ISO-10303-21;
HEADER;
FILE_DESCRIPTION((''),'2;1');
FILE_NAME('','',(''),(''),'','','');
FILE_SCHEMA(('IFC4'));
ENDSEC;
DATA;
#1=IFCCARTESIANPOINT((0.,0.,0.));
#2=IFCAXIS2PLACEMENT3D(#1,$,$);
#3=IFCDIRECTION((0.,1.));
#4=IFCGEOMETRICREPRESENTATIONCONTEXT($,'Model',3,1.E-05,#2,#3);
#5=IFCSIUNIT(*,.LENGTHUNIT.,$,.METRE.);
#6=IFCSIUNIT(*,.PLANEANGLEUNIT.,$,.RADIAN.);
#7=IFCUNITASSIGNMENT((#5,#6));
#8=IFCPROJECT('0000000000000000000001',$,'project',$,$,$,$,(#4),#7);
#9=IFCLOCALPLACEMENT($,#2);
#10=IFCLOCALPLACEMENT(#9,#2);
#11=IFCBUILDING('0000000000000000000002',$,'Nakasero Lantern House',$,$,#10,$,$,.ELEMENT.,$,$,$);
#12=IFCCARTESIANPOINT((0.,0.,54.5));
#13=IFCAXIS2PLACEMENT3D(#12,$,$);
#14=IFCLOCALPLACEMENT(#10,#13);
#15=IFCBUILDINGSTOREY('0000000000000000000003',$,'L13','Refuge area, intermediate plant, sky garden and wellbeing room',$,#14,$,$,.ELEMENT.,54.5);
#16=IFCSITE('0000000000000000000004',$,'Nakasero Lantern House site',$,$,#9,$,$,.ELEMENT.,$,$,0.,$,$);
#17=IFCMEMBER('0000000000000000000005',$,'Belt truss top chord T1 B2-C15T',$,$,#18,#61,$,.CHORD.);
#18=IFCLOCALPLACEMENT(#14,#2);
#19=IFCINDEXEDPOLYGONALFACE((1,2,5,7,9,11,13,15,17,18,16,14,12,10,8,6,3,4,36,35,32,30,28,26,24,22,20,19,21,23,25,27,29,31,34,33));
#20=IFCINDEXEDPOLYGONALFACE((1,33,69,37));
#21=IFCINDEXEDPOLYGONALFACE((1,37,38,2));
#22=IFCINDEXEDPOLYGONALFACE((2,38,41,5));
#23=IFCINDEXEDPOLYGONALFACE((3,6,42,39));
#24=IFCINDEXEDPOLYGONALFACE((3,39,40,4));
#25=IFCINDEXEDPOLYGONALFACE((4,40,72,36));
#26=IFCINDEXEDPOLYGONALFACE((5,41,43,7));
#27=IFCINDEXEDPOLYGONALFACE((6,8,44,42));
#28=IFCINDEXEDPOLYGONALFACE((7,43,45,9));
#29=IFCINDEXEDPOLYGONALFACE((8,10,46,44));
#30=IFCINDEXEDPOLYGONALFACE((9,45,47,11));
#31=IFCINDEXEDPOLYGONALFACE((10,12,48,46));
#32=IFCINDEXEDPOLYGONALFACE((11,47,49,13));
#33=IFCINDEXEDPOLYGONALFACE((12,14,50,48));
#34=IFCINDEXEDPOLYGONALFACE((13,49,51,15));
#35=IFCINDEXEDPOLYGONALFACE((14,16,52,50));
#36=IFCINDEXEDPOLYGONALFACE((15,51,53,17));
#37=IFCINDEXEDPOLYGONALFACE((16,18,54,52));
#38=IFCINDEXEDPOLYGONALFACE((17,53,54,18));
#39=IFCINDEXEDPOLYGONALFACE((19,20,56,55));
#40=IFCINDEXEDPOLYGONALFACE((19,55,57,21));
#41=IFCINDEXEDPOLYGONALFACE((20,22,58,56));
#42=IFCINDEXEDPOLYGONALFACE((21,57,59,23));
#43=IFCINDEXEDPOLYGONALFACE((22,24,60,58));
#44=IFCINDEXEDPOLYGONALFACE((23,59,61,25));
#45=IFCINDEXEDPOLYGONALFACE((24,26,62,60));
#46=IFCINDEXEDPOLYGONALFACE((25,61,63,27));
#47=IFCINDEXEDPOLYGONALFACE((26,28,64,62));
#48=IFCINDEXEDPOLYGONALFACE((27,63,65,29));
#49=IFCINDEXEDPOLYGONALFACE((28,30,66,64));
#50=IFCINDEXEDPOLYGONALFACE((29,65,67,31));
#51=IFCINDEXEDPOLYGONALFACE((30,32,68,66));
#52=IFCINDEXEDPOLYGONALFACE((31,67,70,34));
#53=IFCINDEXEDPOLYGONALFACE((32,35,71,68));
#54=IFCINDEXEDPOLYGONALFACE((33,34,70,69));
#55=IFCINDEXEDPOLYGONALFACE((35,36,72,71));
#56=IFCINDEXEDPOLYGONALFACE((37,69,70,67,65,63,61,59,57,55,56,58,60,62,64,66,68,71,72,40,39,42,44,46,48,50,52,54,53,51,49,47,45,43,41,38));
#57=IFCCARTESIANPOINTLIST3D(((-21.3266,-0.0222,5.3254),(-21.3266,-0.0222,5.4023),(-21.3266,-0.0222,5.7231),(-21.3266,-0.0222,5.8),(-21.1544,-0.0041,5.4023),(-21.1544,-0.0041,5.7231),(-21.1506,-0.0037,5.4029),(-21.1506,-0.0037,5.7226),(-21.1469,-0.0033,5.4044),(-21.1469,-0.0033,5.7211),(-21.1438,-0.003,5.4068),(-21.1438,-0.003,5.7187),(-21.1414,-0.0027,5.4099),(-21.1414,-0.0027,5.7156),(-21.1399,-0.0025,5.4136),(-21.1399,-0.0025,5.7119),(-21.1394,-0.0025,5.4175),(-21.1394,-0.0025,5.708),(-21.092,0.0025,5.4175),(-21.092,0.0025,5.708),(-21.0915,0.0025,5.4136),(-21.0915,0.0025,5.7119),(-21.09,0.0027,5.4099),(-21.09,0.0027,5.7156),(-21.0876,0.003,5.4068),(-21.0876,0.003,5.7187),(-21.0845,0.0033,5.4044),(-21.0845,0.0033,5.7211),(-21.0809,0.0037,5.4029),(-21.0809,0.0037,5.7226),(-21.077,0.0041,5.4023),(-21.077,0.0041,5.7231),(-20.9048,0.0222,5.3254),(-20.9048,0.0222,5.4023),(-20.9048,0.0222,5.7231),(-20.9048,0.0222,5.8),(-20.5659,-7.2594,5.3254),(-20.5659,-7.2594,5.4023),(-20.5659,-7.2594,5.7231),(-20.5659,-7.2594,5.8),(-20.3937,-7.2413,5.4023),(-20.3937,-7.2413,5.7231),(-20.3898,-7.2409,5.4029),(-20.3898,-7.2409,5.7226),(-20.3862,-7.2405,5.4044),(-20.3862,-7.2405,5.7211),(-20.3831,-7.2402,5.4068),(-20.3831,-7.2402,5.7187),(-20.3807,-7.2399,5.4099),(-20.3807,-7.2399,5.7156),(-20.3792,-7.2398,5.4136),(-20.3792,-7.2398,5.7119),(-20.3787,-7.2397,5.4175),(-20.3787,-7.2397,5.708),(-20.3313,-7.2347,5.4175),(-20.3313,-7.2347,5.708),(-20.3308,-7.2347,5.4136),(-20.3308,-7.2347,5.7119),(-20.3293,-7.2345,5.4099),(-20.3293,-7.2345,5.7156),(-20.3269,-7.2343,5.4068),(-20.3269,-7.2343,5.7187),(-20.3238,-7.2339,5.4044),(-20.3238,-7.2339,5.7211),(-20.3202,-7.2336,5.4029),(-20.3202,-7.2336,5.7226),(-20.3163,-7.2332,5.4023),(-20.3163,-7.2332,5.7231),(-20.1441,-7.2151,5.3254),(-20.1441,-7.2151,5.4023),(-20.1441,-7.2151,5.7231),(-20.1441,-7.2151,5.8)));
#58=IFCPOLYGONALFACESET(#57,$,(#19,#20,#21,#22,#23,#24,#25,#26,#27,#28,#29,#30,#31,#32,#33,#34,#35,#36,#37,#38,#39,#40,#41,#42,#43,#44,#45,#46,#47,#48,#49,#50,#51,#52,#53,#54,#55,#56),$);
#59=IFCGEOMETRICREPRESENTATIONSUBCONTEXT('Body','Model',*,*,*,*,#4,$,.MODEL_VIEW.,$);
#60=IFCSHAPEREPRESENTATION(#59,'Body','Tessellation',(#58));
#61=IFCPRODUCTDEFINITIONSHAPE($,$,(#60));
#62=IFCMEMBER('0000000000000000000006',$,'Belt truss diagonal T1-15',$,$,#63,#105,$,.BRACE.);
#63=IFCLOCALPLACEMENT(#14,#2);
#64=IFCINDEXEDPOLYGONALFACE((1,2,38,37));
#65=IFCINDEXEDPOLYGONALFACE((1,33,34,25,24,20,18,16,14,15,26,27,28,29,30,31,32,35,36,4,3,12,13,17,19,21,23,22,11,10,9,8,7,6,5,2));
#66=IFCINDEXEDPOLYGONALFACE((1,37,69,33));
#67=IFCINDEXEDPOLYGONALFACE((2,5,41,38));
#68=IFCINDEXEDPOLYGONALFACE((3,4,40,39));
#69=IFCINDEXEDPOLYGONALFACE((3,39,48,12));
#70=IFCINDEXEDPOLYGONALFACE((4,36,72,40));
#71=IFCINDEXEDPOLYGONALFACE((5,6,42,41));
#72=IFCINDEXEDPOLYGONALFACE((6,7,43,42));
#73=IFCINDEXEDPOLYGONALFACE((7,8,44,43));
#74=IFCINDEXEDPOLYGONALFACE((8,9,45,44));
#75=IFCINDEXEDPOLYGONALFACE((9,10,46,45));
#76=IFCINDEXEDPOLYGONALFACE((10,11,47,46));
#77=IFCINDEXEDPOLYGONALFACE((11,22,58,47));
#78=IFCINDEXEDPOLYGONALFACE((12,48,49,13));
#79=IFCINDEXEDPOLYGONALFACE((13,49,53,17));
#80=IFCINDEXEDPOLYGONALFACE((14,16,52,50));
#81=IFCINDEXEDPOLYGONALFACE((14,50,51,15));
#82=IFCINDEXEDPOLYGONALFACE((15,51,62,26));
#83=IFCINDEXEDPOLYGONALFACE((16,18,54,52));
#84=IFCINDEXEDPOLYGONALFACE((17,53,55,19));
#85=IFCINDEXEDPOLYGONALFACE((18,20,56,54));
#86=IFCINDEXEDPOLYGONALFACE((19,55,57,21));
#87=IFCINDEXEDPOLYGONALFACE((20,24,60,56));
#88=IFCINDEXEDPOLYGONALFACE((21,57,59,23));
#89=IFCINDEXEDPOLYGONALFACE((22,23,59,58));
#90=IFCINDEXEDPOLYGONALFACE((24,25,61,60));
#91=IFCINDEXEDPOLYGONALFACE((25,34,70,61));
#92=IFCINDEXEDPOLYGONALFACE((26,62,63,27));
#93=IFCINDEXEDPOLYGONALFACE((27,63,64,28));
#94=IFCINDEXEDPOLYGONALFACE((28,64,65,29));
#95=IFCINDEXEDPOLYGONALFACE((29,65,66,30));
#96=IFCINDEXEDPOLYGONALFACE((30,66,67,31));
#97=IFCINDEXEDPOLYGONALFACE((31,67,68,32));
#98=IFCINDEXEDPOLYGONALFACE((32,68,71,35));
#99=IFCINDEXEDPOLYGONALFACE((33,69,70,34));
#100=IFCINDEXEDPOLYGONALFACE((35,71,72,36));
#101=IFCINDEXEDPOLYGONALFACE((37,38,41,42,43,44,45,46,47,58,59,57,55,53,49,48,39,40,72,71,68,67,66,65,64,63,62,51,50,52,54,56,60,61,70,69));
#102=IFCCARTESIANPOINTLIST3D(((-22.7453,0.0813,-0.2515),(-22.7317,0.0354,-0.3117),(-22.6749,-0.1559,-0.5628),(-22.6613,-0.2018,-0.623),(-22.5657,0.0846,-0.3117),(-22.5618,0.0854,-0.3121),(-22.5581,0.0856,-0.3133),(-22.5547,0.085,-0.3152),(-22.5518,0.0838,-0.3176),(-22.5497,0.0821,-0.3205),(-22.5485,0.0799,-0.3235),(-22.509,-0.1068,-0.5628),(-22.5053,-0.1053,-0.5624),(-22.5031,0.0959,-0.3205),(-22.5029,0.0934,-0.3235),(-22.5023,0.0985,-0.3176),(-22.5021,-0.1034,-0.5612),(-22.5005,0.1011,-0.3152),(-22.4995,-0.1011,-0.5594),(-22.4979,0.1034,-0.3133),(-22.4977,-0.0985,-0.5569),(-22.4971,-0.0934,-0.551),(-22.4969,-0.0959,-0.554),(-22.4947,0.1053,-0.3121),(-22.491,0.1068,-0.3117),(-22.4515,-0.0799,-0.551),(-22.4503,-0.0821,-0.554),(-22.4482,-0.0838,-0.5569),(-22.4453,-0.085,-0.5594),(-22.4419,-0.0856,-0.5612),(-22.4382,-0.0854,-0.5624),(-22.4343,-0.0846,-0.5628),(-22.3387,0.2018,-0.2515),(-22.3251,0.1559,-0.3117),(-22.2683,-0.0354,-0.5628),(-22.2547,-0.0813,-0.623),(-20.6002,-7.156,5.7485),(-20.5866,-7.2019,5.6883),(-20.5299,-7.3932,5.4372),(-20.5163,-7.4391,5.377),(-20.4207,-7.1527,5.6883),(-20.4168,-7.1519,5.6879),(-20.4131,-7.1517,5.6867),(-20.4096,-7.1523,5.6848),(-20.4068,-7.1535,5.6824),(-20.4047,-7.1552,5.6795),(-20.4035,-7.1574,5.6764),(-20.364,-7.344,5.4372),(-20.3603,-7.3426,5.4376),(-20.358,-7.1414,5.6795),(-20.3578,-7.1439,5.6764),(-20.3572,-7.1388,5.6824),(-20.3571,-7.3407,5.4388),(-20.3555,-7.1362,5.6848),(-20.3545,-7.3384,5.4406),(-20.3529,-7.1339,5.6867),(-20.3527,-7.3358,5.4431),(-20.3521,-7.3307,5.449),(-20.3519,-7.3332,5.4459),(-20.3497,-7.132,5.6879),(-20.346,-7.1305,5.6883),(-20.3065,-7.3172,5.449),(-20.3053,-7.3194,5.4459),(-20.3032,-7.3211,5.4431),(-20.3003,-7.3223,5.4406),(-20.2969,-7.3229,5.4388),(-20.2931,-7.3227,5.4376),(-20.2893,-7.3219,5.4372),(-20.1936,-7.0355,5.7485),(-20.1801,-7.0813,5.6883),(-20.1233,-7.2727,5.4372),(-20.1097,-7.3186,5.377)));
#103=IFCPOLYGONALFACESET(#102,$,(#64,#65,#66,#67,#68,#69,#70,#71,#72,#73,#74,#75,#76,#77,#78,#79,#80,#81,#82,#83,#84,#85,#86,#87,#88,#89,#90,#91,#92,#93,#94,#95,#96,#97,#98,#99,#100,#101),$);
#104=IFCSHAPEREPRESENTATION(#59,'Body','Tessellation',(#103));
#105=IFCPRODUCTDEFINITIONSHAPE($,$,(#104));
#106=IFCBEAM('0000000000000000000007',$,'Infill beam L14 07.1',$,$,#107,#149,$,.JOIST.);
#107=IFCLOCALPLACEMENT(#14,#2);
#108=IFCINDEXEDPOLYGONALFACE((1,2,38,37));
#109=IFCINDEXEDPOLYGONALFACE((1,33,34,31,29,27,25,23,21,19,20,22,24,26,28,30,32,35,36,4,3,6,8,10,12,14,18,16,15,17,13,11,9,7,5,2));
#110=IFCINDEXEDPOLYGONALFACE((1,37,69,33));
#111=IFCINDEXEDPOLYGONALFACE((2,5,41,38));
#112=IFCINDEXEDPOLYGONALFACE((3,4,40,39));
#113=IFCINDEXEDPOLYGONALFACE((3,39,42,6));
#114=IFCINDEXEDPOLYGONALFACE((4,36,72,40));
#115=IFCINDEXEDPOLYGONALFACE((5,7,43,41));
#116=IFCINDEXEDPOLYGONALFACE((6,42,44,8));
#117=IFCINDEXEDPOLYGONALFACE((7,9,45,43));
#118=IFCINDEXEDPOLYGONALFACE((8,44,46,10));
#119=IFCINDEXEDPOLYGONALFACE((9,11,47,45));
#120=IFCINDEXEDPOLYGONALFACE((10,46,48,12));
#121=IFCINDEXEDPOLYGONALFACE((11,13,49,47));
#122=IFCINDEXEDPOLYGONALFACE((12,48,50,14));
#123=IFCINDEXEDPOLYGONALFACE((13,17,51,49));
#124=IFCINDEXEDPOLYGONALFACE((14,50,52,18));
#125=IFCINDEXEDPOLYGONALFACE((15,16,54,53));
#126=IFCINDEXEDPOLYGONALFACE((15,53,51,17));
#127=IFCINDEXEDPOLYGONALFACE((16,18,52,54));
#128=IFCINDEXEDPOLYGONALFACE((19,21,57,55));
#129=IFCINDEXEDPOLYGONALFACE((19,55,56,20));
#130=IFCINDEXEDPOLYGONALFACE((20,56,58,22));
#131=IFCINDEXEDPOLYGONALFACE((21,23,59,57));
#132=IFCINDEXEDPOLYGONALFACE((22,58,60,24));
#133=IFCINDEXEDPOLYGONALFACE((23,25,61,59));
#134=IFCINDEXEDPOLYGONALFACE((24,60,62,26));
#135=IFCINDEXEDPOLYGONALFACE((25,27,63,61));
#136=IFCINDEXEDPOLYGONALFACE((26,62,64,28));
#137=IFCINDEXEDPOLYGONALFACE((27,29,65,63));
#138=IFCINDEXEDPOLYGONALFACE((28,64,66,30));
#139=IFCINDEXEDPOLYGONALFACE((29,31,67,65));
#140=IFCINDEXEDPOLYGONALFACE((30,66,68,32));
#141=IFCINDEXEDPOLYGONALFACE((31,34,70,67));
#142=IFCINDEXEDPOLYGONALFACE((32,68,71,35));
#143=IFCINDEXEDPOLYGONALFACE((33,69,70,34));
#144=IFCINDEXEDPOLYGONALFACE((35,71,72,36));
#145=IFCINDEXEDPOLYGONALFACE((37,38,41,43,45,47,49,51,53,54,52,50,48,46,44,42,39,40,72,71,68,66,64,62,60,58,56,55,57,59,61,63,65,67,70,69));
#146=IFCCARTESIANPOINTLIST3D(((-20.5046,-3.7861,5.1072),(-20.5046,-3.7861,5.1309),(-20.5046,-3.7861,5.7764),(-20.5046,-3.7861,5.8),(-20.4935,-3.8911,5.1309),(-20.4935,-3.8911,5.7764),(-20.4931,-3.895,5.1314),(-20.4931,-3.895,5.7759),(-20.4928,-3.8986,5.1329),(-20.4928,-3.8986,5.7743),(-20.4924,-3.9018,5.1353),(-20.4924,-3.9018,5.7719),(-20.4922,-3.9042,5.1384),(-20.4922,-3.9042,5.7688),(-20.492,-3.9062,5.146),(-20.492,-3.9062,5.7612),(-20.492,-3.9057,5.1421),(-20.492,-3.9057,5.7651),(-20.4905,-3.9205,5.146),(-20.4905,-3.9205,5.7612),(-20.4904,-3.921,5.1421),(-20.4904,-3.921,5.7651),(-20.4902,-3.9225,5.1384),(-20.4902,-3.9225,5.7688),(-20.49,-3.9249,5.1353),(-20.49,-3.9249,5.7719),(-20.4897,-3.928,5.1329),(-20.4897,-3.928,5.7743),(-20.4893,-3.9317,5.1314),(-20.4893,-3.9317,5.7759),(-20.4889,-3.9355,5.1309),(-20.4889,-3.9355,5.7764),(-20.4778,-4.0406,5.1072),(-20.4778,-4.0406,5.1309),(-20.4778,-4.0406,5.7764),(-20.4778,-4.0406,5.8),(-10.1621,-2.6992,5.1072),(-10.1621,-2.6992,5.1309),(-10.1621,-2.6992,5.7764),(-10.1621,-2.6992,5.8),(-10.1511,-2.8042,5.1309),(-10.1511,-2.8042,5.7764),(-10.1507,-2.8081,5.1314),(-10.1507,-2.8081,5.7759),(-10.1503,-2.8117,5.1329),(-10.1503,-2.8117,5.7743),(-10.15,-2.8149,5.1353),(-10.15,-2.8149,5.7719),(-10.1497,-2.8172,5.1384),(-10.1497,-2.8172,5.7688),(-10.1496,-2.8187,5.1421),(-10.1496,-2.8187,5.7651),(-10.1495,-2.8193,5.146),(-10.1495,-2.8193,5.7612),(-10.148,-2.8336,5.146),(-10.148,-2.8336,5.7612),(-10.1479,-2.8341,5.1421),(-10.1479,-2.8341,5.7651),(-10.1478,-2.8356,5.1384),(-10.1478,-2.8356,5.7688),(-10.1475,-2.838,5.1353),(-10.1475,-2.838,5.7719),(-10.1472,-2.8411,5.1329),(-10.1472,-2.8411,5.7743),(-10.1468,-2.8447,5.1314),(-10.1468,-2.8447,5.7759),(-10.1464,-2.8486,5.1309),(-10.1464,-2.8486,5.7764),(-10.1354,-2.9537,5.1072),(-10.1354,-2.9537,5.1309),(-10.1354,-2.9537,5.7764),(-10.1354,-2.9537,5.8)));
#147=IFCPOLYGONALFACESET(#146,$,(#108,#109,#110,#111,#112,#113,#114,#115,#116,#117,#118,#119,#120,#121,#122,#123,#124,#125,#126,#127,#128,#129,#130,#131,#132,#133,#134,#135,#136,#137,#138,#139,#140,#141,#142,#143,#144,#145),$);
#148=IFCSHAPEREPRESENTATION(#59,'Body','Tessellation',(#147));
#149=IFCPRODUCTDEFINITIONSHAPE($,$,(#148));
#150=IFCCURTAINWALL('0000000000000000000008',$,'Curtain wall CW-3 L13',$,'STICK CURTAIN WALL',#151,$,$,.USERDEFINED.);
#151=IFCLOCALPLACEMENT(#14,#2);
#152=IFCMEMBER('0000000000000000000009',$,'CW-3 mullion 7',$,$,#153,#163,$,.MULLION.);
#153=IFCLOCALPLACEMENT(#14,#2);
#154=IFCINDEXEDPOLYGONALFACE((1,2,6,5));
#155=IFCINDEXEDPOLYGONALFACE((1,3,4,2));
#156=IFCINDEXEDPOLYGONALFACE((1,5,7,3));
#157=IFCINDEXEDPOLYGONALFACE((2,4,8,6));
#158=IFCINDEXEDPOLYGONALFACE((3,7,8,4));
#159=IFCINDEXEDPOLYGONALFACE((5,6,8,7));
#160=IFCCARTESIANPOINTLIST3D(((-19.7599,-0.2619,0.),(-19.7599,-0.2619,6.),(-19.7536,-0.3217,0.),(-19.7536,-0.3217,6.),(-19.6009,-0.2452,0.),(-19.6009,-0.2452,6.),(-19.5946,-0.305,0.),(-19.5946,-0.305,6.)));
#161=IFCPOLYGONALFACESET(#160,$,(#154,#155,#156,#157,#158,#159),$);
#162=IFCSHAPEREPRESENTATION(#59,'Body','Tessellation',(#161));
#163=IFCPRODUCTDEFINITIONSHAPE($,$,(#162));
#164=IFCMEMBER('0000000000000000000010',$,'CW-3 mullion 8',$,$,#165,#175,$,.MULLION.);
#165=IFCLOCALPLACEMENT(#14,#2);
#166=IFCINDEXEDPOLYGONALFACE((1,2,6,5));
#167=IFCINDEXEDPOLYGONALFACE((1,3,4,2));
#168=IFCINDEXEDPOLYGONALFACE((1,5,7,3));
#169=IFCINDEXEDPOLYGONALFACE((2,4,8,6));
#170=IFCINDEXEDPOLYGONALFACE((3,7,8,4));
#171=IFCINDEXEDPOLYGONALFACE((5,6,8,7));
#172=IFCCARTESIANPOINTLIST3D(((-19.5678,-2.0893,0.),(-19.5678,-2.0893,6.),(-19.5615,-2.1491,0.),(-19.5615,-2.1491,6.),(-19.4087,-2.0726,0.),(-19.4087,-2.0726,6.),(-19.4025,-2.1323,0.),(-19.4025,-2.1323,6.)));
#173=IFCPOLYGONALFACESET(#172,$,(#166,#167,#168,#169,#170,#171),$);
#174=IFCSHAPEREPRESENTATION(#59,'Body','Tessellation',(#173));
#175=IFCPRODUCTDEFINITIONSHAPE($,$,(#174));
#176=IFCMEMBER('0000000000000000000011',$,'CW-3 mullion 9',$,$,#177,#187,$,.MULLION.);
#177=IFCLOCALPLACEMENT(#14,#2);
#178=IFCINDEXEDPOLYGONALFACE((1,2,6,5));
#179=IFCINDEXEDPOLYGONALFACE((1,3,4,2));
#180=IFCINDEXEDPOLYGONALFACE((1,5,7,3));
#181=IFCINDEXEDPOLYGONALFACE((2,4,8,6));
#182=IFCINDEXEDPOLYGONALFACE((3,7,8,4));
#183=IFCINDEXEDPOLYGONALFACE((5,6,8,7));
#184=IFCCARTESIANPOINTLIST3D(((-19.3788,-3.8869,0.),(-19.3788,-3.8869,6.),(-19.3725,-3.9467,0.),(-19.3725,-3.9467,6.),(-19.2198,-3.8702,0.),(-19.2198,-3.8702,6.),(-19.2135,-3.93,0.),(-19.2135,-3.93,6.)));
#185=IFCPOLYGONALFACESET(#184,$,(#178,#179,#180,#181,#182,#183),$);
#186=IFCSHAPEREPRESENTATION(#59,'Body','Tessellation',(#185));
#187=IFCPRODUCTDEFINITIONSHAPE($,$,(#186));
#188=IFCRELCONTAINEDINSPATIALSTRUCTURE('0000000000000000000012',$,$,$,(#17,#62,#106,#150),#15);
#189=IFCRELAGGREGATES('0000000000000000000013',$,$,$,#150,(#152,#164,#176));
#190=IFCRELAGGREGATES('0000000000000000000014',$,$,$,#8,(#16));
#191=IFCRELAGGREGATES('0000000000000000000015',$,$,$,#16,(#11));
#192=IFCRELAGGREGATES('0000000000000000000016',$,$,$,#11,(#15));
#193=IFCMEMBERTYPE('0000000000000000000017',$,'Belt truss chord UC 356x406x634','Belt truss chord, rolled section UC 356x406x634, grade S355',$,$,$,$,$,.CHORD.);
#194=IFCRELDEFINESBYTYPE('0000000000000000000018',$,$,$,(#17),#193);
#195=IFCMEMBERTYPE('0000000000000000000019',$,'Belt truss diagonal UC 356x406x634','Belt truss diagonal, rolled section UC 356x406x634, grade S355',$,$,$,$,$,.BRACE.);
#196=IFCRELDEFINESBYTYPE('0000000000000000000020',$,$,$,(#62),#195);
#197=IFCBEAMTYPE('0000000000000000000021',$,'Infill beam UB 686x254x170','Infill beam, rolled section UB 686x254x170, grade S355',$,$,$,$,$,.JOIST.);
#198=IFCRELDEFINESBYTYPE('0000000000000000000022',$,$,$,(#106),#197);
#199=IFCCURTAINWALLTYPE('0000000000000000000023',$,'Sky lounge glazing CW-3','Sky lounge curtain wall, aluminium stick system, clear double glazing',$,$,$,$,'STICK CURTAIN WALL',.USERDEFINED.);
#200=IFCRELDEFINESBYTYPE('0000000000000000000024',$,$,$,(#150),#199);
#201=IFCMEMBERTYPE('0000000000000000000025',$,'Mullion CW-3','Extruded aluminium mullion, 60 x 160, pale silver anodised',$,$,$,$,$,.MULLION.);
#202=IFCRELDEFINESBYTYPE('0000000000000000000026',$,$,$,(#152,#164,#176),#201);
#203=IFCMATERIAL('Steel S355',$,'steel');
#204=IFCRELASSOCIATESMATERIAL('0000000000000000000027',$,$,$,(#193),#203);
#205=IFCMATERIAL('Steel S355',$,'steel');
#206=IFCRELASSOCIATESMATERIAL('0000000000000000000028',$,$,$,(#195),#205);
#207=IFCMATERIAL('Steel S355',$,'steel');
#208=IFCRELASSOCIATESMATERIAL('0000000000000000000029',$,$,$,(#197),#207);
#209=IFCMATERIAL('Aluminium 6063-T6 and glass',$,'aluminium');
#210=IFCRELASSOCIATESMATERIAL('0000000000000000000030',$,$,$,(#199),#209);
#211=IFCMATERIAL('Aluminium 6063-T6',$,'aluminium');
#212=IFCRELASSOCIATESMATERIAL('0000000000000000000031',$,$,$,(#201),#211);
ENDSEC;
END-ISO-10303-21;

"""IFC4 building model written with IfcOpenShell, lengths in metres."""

from ifc_helpers import new_model, si_unit, direction, frame, origin, origin_2d, place, context, subcontext, project, spatial, rectangle, i_section, extrude, material, material_profile, profile_set, type_object, element, aggregate, save


model = new_model("IFC4")

# Units and contexts
model_context = context("Model", 3, precision=1e-05, world=origin(), true_north=direction((0.0, 1.0)))
body_context = subcontext(model_context, "Body", "Model", "MODEL_VIEW")
ifc_project = project(units=[si_unit("LENGTHUNIT", "METRE"), si_unit("PLANEANGLEUNIT", "RADIAN")], contexts=[model_context])

# Site, building, storey
site_placement = place(None, origin())
site = spatial("IfcSite", under=ifc_project, at=site_placement, Name="Nakasero Lantern House site", CompositionType="ELEMENT", RefElevation=0.0)
building_placement = place(site_placement, origin())
building = spatial("IfcBuilding", under=site, at=building_placement, Name="Nakasero Lantern House", CompositionType="ELEMENT")
storey_placement = place(building_placement, frame((0.0, 0.0, 54.5)))
storey = spatial("IfcBuildingStorey", under=building, at=storey_placement, Name="L13", Description="Refuge area, intermediate plant, sky garden and wellbeing room", CompositionType="ELEMENT", Elevation=54.5)

# Members
ifc_material_1 = material(Name="Steel S355", Category="steel")
ifc_material_profile_1 = material_profile(ifc_material_1, i_section(OverallWidth=0.4241, OverallDepth=0.4746, WebThickness=0.0476, FlangeThickness=0.0769, FilletRadius=0.0151, at=origin_2d()), Name="UC 356x406x634")
ifc_profile_set_1 = profile_set([ifc_material_profile_1], Name="Steel S355")
member_type_1 = type_object("IfcMemberType", Name="Belt truss chord UC 356x406x634", Description="Belt truss chord, rolled section UC 356x406x634, grade S355", PredefinedType="CHORD", material=ifc_profile_set_1)
member_1_placement = place(storey_placement, frame((-21.1157, 0.0, 5.5627), z_axis=(0.104538, -0.994521, 0.0), x_axis=(0.994521, 0.104538, 0.0)))
element("IfcMember", 1, at=member_1_placement, inside=storey, type_object=member_type_1, Name="Belt truss top chord T1 B2-C15T", PredefinedType="CHORD", context=body_context, shape_type="SweptSolid", body=[
    extrude(i_section(OverallWidth=0.4241, OverallDepth=0.4746, WebThickness=0.0476, FlangeThickness=0.0769, FilletRadius=0.0151, at=origin_2d()), origin(), (0.0, 0.0, 1.0), 7.2771),
])
ifc_material_2 = material(Name="Steel S355", Category="steel")
ifc_material_profile_2 = material_profile(ifc_material_2, i_section(OverallWidth=0.4241, OverallDepth=0.4746, WebThickness=0.0476, FlangeThickness=0.0769, FilletRadius=0.0151, at=origin_2d()), Name="UC 356x406x634")
ifc_profile_set_2 = profile_set([ifc_material_profile_2], Name="Steel S355")
member_type_2 = type_object("IfcMemberType", Name="Belt truss diagonal UC 356x406x634", Description="Belt truss diagonal, rolled section UC 356x406x634, grade S355", PredefinedType="BRACE", material=ifc_profile_set_2)
member_2_placement = place(storey_placement, frame((-22.5, 0.0, -0.4373), z_axis=(0.222452, -0.750556, 0.622239), x_axis=(0.958775, 0.284165, 0.0)))
element("IfcMember", 2, at=member_2_placement, inside=storey, type_object=member_type_2, Name="Belt truss diagonal T1-15", PredefinedType="BRACE", context=body_context, shape_type="SweptSolid", body=[
    extrude(i_section(OverallWidth=0.4241, OverallDepth=0.4746, WebThickness=0.0476, FlangeThickness=0.0769, FilletRadius=0.0151, at=origin_2d()), origin(), (0.0, 0.0, 1.0), 9.6426),
])

# Beam
ifc_material_3 = material(Name="Steel S355", Category="steel")
ifc_material_profile_3 = material_profile(ifc_material_3, i_section(OverallWidth=0.2559, OverallDepth=0.6929, WebThickness=0.0144, FlangeThickness=0.0237, FilletRadius=0.0151, at=origin_2d()), Name="UB 686x254x170")
ifc_profile_set_3 = profile_set([ifc_material_profile_3], Name="Steel S355")
beam_type_1 = type_object("IfcBeamType", Name="Infill beam UB 686x254x170", Description="Infill beam, rolled section UB 686x254x170, grade S355", PredefinedType="JOIST", material=ifc_profile_set_3)
beam_1_placement = place(storey_placement, frame((-20.4912, -3.9133, 5.4536), z_axis=(0.994523, 0.104516, 0.0), x_axis=(-0.104516, 0.994523, 0.0)))
element("IfcBeam", 3, at=beam_1_placement, inside=storey, type_object=beam_type_1, Name="Infill beam L14 07.1", PredefinedType="JOIST", context=body_context, shape_type="SweptSolid", body=[
    extrude(i_section(OverallWidth=0.2559, OverallDepth=0.6929, WebThickness=0.0144, FlangeThickness=0.0237, FilletRadius=0.0151, at=origin_2d()), origin(), (0.0, 0.0, 1.0), 10.3994),
])

# Curtain wall, members
ifc_material_4 = material(Name="Aluminium 6063-T6 and glass", Category="aluminium")
curtain_wall_type = type_object("IfcCurtainWallType", Name="Sky lounge glazing CW-3", Description="Sky lounge curtain wall, aluminium stick system, clear double glazing", ElementType="STICK CURTAIN WALL", PredefinedType="USERDEFINED", material=ifc_material_4)
curtain_wall_1_placement = place(storey_placement, origin())
curtain_wall_1 = element("IfcCurtainWall", 4, at=curtain_wall_1_placement, inside=storey, type_object=curtain_wall_type, Name="Curtain wall CW-3 L13", ObjectType="STICK CURTAIN WALL", PredefinedType="USERDEFINED")
ifc_material_5 = material(Name="Aluminium 6063-T6", Category="aluminium")
ifc_material_profile_4 = material_profile(ifc_material_5, rectangle(XDim=0.0601, YDim=0.1599, at=origin_2d()), Name="CW-3 mullion 60x160")
ifc_profile_set_4 = profile_set([ifc_material_profile_4], Name="Aluminium 6063-T6")
member_type_3 = type_object("IfcMemberType", Name="Mullion CW-3", Description="Extruded aluminium mullion, 60 x 160, pale silver anodised", PredefinedType="MULLION", material=ifc_profile_set_4)
member_3_placement = place(storey_placement, frame((-19.6772, -0.2834, 0.0), z_axis=(0.0, 0.0, 1.0), x_axis=(0.104528, -0.994522, 0.0)))
member_3 = element("IfcMember", 5, at=member_3_placement, type_object=member_type_3, Name="CW-3 mullion 7", PredefinedType="MULLION", context=body_context, shape_type="SweptSolid", body=[
    extrude(rectangle(XDim=0.0601, YDim=0.1599, at=origin_2d()), origin(), (0.0, 0.0, 1.0), 6.0),
])
member_4_placement = place(storey_placement, frame((-19.4851, -2.1108, 0.0), z_axis=(0.0, 0.0, 1.0), x_axis=(0.104528, -0.994522, 0.0)))
member_4 = element("IfcMember", 6, at=member_4_placement, type_object=member_type_3, Name="CW-3 mullion 8", PredefinedType="MULLION", context=body_context, shape_type="SweptSolid", body=[
    extrude(rectangle(XDim=0.0601, YDim=0.1599, at=origin_2d()), origin(), (0.0, 0.0, 1.0), 6.0),
])
member_5_placement = place(storey_placement, frame((-19.2961, -3.9084, 0.0), z_axis=(0.0, 0.0, 1.0), x_axis=(0.104528, -0.994522, 0.0)))
member_5 = element("IfcMember", 7, at=member_5_placement, type_object=member_type_3, Name="CW-3 mullion 9", PredefinedType="MULLION", context=body_context, shape_type="SweptSolid", body=[
    extrude(rectangle(XDim=0.0601, YDim=0.1599, at=origin_2d()), origin(), (0.0, 0.0, 1.0), 6.0),
])

aggregate(curtain_wall_1, [member_3, member_4, member_5])

save(model, "model.ifc")
